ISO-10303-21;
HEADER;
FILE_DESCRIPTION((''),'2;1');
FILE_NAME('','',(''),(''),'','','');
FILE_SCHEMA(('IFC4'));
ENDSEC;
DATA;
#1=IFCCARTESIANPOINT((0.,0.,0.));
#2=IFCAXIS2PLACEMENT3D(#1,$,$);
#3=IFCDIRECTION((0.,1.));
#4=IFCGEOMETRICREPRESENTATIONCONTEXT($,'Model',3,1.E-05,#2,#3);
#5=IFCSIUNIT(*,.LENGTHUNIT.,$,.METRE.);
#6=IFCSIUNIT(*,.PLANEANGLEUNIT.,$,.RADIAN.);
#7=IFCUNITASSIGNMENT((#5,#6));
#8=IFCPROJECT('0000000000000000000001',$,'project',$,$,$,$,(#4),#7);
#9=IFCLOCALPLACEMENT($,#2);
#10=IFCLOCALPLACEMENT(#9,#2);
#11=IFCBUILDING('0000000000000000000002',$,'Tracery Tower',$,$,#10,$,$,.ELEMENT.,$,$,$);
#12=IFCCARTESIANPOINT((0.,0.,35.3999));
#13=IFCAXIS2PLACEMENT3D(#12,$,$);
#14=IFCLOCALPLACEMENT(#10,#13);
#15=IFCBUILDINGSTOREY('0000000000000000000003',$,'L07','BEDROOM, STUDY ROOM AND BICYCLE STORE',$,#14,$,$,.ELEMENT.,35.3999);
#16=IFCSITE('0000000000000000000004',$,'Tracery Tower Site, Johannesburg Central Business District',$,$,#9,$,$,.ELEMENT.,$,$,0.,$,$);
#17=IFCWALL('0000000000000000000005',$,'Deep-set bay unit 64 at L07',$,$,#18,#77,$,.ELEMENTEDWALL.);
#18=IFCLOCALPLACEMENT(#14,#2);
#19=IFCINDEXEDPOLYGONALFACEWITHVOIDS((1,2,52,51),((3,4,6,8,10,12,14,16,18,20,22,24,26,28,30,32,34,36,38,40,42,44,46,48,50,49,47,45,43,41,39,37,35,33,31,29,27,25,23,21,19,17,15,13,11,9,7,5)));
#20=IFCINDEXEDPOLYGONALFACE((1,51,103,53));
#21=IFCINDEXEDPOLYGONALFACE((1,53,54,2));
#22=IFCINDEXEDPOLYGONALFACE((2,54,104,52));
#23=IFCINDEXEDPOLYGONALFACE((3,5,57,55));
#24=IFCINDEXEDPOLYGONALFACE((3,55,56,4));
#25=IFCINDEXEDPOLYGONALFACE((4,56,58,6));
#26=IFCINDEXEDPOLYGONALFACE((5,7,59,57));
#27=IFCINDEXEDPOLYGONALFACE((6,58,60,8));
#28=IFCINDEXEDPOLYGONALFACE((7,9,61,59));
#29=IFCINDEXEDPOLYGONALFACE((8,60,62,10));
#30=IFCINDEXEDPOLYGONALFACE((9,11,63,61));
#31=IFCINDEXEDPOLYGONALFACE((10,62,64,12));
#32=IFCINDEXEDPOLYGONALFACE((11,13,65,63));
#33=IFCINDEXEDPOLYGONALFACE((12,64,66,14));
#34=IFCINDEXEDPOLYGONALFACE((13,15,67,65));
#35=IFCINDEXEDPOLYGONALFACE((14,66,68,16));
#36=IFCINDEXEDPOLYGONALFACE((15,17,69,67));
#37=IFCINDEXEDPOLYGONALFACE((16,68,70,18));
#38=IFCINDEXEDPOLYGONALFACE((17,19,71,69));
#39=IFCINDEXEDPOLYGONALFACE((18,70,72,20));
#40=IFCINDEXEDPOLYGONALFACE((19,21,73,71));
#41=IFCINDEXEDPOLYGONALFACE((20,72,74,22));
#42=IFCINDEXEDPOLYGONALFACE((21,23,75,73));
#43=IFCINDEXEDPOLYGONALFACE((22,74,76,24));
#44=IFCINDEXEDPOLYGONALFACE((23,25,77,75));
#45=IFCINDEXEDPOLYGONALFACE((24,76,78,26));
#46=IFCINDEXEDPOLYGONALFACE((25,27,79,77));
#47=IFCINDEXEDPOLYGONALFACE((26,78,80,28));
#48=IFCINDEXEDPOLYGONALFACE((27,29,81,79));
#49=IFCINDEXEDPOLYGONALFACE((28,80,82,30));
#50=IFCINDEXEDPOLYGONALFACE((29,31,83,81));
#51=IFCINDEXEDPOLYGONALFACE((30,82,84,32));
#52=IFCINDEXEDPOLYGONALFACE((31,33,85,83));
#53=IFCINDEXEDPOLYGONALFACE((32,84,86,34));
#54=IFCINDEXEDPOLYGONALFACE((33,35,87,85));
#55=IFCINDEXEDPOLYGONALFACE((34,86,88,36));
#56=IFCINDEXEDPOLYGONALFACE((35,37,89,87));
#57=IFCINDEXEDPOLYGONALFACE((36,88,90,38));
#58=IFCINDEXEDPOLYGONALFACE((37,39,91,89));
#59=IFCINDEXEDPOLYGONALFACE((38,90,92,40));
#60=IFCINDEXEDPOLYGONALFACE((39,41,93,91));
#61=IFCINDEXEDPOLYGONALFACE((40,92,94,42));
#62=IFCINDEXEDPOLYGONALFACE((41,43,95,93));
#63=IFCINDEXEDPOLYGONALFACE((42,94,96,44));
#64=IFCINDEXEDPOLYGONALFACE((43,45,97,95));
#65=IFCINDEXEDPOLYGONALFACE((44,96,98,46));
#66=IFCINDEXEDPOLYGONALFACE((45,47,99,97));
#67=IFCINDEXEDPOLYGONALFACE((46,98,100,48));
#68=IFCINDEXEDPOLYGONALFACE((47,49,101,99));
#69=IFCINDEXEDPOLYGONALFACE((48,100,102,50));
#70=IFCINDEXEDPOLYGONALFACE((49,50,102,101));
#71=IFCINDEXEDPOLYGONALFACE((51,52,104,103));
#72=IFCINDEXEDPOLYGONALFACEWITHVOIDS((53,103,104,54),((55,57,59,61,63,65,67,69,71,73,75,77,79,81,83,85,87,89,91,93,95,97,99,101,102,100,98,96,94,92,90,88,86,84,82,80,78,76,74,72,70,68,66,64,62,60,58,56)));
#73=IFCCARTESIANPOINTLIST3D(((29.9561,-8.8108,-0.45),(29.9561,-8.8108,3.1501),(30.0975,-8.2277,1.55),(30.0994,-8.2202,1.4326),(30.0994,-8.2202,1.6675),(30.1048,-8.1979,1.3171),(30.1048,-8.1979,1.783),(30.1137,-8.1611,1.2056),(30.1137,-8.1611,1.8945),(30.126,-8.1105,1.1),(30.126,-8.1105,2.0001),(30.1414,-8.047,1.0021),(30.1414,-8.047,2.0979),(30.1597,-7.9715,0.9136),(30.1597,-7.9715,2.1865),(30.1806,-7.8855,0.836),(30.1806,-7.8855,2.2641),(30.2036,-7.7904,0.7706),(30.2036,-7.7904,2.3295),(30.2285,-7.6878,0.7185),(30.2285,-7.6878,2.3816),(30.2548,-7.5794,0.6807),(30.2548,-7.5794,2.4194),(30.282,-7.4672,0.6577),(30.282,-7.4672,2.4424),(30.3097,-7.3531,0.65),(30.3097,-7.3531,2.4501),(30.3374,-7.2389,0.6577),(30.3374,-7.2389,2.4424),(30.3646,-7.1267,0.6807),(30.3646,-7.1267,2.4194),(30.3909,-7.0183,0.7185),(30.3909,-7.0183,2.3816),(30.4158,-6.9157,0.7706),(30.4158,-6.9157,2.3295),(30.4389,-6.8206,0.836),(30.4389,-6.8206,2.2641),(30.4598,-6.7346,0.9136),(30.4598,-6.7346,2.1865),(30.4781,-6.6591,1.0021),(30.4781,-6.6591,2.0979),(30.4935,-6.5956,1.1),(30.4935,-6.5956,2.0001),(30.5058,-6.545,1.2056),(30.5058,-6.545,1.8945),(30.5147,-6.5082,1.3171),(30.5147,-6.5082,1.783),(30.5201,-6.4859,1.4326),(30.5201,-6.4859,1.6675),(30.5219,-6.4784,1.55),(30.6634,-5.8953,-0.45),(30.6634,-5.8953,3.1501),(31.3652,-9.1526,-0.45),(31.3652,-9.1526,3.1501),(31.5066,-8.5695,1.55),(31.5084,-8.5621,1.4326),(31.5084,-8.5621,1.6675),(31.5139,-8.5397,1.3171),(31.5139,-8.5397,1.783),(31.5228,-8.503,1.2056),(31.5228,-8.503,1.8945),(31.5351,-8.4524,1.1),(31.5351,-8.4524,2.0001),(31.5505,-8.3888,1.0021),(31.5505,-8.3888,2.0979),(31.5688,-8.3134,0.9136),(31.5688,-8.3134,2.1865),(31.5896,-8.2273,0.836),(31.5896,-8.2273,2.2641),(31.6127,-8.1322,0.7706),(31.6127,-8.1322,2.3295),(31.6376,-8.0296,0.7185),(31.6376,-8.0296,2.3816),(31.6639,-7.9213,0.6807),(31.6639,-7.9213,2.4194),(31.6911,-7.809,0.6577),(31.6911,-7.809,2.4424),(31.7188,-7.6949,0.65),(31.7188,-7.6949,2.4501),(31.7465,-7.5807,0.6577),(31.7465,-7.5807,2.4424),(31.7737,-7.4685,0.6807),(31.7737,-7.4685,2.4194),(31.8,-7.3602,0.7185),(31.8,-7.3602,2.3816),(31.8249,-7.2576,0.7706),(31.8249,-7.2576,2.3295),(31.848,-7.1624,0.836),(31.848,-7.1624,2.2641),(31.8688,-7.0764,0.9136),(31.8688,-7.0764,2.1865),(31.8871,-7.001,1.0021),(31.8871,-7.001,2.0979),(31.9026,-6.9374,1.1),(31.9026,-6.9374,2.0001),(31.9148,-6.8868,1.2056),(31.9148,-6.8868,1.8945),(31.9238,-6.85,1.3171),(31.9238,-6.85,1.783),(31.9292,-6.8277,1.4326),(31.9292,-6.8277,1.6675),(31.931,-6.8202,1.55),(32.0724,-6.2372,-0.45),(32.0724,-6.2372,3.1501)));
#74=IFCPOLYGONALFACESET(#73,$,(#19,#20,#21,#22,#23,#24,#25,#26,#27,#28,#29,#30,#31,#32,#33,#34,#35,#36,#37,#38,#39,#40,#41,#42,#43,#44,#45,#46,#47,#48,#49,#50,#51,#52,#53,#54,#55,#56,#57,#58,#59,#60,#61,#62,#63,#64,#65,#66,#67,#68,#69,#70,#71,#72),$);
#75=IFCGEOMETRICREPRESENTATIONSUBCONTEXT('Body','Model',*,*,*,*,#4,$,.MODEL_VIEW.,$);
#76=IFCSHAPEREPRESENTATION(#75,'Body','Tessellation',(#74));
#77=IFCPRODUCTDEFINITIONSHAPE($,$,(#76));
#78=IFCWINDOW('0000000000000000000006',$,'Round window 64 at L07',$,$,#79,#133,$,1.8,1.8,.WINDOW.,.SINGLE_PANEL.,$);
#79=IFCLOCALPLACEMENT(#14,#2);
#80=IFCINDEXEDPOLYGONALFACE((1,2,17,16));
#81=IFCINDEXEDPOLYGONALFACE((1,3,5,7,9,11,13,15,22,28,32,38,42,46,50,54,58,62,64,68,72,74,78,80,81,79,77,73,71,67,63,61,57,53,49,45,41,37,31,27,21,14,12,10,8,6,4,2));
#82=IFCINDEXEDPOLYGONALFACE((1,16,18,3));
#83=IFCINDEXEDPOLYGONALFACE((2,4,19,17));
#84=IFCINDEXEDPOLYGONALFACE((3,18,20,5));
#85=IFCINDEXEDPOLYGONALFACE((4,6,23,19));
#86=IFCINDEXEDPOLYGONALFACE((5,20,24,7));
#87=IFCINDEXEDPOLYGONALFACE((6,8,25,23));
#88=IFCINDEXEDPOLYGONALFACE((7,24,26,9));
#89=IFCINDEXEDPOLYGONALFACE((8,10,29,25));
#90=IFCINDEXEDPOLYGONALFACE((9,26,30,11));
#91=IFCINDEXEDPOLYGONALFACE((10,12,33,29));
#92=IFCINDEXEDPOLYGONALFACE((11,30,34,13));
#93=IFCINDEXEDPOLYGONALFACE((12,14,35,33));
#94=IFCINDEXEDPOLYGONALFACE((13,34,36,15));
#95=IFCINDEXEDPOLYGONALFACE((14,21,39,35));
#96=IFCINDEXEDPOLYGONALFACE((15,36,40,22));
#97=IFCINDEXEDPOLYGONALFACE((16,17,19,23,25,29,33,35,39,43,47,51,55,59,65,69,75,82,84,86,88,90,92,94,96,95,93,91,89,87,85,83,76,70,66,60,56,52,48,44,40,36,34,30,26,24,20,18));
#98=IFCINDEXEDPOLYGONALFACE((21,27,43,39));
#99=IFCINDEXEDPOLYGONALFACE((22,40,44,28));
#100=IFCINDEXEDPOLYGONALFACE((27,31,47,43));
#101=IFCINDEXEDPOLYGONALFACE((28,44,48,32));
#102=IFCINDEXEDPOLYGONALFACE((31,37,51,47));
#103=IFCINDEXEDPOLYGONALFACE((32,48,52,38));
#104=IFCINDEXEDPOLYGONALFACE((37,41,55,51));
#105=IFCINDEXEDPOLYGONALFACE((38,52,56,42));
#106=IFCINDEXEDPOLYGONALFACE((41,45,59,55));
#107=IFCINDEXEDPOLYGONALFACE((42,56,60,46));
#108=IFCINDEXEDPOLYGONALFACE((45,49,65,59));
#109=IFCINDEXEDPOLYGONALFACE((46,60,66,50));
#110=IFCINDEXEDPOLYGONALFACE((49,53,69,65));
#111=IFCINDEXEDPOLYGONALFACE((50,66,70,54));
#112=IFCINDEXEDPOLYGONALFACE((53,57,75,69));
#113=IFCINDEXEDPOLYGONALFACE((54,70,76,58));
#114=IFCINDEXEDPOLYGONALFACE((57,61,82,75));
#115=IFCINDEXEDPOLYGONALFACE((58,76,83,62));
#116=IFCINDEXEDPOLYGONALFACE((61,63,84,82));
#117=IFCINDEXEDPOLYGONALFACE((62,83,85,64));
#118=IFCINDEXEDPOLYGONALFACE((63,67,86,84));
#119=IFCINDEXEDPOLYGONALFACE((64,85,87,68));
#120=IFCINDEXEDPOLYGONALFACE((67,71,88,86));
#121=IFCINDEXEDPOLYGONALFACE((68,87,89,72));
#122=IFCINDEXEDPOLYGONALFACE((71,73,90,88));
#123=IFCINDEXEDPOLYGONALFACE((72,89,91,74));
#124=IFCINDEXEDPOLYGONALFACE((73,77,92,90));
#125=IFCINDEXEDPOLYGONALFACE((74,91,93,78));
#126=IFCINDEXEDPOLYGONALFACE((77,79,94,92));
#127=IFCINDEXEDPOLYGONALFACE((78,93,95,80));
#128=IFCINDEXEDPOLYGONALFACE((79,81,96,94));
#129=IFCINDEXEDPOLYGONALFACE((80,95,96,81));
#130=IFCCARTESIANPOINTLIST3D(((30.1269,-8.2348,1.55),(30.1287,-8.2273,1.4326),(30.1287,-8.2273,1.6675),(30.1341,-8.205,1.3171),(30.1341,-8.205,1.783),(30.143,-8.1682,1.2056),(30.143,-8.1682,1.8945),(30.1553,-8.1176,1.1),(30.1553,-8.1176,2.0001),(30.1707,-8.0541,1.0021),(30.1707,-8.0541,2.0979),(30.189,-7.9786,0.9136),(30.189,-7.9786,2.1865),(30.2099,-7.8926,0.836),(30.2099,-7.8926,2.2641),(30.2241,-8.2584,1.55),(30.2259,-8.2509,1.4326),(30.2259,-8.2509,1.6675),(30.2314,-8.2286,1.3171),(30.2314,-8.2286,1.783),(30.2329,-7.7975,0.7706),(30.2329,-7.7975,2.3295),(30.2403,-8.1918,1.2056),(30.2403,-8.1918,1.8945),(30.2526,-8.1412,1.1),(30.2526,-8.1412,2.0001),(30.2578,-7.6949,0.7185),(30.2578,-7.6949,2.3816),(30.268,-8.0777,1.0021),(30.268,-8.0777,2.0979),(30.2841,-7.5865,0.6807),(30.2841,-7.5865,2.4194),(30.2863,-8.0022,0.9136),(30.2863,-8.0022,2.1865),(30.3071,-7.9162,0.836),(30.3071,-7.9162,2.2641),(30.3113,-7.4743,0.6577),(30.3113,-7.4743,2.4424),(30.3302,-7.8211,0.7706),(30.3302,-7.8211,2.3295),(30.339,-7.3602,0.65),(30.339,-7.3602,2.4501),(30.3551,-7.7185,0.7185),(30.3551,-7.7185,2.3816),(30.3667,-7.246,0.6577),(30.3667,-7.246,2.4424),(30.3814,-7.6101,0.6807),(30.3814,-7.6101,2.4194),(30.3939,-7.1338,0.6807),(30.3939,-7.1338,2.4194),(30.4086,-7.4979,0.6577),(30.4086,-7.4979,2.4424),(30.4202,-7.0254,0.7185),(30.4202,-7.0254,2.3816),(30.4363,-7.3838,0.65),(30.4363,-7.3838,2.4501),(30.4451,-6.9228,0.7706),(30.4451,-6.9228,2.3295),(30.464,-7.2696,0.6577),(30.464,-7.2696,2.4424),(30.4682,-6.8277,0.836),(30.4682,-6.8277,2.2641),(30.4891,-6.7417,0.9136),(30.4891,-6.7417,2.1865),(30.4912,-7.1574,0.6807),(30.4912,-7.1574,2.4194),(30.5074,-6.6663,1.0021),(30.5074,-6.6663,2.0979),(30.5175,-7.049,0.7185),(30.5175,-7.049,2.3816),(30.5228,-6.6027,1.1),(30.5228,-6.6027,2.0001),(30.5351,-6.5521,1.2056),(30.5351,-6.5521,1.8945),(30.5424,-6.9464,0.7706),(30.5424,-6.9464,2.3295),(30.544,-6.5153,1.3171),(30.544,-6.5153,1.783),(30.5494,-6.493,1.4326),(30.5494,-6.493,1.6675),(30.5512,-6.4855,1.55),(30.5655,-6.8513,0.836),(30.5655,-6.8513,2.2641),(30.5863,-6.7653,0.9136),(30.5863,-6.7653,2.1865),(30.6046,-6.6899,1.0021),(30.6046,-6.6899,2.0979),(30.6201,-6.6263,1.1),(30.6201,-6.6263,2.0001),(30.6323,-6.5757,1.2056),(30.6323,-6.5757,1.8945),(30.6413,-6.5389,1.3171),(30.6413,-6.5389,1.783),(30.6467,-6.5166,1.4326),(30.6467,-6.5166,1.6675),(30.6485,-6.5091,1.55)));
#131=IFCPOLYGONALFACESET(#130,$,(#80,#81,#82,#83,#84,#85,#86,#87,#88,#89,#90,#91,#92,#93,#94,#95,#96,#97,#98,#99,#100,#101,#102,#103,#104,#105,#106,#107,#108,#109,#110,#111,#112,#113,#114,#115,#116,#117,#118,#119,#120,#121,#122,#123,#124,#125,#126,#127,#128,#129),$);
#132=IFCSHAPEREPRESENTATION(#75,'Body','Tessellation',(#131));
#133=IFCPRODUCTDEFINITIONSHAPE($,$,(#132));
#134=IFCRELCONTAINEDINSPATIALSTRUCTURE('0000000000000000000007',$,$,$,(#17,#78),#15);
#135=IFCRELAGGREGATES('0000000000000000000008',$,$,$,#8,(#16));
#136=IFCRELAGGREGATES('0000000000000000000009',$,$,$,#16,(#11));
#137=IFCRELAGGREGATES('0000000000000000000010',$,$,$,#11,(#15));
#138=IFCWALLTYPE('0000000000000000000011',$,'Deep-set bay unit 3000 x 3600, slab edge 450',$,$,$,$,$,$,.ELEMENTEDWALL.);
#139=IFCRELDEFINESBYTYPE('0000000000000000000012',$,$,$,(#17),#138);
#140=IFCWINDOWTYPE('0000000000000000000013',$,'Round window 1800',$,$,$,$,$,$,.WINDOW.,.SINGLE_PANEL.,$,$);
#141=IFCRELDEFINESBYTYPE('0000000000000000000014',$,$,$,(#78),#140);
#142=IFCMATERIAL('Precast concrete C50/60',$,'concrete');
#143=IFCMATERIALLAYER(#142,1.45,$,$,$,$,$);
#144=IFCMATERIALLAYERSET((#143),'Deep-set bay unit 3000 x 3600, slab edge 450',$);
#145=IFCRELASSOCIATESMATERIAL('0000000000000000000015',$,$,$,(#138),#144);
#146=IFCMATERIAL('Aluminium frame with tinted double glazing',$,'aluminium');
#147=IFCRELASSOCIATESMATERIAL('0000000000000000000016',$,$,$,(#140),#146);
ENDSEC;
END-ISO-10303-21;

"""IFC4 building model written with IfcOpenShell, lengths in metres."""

from ifc_helpers import new_model, si_unit, direction, frame, frame_2d, origin, origin_2d, place, context, subcontext, project, spatial, rectangle, circle, extrude, material, layer, layer_set, type_object, element, fill, save


model = new_model("IFC4")

# Units and contexts
model_context = context("Model", 3, precision=1e-05, world=origin(), true_north=direction((0.0, 1.0)))
body_context = subcontext(model_context, "Body", "Model", "MODEL_VIEW")
ifc_project = project(units=[si_unit("LENGTHUNIT", "METRE"), si_unit("PLANEANGLEUNIT", "RADIAN")], contexts=[model_context])

# Site, building, storey
site_placement = place(None, origin())
site = spatial("IfcSite", under=ifc_project, at=site_placement, Name="Tracery Tower Site, Johannesburg Central Business District", CompositionType="ELEMENT", RefElevation=0.0)
building_placement = place(site_placement, origin())
building = spatial("IfcBuilding", under=site, at=building_placement, Name="Tracery Tower", CompositionType="ELEMENT")
storey_placement = place(building_placement, frame((0.0, 0.0, 35.3999)))
storey = spatial("IfcBuildingStorey", under=building, at=storey_placement, Name="L07", Description="BEDROOM, STUDY ROOM AND BICYCLE STORE", CompositionType="ELEMENT", Elevation=35.3999)

# Wall, opening, window
ifc_material_1 = material(Name="Precast concrete C50/60", Category="concrete")
ifc_layer_1 = layer(ifc_material_1, 1.45)
ifc_layer_set_1 = layer_set([ifc_layer_1], Name="Deep-set bay unit 3000 x 3600, slab edge 450")
wall_type_1 = type_object("IfcWallType", Name="Deep-set bay unit 3000 x 3600, slab edge 450", PredefinedType="ELEMENTEDWALL", material=ifc_layer_set_1)
wall_1_placement = place(storey_placement, frame((30.6606, -8.9817, -0.45), z_axis=(0.0, 0.0, 1.0), x_axis=(0.235751, 0.971813, 0.0)))
wall_1 = element("IfcWall", 1, at=wall_1_placement, inside=storey, type_object=wall_type_1, Name="Deep-set bay unit 64 at L07", PredefinedType="ELEMENTEDWALL", context=body_context, shape_type="SweptSolid", body=[
    extrude(rectangle(XDim=3.0, YDim=1.45, at=frame_2d((1.5, 0.0))), origin(), (0.0, 0.0, 1.0), 3.6001),
])
opening_1_placement = place(wall_1_placement, frame((1.5, 0.0, 2.0)))
opening_1 = element("IfcOpeningElement", 2, at=opening_1_placement, cuts=wall_1, PredefinedType="OPENING", context=body_context, shape_type="SweptSolid", body=[
    extrude(circle(Radius=0.9, at=origin_2d()), frame((0.0, 0.7349, 0.0), z_axis=(0.0, -1.0, 0.0), x_axis=(1.0, 0.0, 0.0)), (0.0, 0.0, 1.0), 1.47),
])
ifc_material_2 = material(Name="Aluminium frame with tinted double glazing", Category="aluminium")
window_type = type_object("IfcWindowType", Name="Round window 1800", PartitioningType="SINGLE_PANEL", PredefinedType="WINDOW", material=ifc_material_2)
window_1_placement = place(opening_1_placement, origin())
window_1 = element("IfcWindow", 3, at=window_1_placement, inside=storey, type_object=window_type, Name="Round window 64 at L07", OverallHeight=1.8, OverallWidth=1.8, PartitioningType="SINGLE_PANEL", PredefinedType="WINDOW", context=body_context, shape_type="SweptSolid", body=[
    extrude(circle(Radius=0.9, at=origin_2d()), frame((0.0, 0.6948, 0.0), z_axis=(0.0, -1.0, 0.0), x_axis=(1.0, 0.0, 0.0)), (0.0, 0.0, 1.0), 0.1001),
])
fill(opening_1, window_1)

save(model, "model.ifc")
